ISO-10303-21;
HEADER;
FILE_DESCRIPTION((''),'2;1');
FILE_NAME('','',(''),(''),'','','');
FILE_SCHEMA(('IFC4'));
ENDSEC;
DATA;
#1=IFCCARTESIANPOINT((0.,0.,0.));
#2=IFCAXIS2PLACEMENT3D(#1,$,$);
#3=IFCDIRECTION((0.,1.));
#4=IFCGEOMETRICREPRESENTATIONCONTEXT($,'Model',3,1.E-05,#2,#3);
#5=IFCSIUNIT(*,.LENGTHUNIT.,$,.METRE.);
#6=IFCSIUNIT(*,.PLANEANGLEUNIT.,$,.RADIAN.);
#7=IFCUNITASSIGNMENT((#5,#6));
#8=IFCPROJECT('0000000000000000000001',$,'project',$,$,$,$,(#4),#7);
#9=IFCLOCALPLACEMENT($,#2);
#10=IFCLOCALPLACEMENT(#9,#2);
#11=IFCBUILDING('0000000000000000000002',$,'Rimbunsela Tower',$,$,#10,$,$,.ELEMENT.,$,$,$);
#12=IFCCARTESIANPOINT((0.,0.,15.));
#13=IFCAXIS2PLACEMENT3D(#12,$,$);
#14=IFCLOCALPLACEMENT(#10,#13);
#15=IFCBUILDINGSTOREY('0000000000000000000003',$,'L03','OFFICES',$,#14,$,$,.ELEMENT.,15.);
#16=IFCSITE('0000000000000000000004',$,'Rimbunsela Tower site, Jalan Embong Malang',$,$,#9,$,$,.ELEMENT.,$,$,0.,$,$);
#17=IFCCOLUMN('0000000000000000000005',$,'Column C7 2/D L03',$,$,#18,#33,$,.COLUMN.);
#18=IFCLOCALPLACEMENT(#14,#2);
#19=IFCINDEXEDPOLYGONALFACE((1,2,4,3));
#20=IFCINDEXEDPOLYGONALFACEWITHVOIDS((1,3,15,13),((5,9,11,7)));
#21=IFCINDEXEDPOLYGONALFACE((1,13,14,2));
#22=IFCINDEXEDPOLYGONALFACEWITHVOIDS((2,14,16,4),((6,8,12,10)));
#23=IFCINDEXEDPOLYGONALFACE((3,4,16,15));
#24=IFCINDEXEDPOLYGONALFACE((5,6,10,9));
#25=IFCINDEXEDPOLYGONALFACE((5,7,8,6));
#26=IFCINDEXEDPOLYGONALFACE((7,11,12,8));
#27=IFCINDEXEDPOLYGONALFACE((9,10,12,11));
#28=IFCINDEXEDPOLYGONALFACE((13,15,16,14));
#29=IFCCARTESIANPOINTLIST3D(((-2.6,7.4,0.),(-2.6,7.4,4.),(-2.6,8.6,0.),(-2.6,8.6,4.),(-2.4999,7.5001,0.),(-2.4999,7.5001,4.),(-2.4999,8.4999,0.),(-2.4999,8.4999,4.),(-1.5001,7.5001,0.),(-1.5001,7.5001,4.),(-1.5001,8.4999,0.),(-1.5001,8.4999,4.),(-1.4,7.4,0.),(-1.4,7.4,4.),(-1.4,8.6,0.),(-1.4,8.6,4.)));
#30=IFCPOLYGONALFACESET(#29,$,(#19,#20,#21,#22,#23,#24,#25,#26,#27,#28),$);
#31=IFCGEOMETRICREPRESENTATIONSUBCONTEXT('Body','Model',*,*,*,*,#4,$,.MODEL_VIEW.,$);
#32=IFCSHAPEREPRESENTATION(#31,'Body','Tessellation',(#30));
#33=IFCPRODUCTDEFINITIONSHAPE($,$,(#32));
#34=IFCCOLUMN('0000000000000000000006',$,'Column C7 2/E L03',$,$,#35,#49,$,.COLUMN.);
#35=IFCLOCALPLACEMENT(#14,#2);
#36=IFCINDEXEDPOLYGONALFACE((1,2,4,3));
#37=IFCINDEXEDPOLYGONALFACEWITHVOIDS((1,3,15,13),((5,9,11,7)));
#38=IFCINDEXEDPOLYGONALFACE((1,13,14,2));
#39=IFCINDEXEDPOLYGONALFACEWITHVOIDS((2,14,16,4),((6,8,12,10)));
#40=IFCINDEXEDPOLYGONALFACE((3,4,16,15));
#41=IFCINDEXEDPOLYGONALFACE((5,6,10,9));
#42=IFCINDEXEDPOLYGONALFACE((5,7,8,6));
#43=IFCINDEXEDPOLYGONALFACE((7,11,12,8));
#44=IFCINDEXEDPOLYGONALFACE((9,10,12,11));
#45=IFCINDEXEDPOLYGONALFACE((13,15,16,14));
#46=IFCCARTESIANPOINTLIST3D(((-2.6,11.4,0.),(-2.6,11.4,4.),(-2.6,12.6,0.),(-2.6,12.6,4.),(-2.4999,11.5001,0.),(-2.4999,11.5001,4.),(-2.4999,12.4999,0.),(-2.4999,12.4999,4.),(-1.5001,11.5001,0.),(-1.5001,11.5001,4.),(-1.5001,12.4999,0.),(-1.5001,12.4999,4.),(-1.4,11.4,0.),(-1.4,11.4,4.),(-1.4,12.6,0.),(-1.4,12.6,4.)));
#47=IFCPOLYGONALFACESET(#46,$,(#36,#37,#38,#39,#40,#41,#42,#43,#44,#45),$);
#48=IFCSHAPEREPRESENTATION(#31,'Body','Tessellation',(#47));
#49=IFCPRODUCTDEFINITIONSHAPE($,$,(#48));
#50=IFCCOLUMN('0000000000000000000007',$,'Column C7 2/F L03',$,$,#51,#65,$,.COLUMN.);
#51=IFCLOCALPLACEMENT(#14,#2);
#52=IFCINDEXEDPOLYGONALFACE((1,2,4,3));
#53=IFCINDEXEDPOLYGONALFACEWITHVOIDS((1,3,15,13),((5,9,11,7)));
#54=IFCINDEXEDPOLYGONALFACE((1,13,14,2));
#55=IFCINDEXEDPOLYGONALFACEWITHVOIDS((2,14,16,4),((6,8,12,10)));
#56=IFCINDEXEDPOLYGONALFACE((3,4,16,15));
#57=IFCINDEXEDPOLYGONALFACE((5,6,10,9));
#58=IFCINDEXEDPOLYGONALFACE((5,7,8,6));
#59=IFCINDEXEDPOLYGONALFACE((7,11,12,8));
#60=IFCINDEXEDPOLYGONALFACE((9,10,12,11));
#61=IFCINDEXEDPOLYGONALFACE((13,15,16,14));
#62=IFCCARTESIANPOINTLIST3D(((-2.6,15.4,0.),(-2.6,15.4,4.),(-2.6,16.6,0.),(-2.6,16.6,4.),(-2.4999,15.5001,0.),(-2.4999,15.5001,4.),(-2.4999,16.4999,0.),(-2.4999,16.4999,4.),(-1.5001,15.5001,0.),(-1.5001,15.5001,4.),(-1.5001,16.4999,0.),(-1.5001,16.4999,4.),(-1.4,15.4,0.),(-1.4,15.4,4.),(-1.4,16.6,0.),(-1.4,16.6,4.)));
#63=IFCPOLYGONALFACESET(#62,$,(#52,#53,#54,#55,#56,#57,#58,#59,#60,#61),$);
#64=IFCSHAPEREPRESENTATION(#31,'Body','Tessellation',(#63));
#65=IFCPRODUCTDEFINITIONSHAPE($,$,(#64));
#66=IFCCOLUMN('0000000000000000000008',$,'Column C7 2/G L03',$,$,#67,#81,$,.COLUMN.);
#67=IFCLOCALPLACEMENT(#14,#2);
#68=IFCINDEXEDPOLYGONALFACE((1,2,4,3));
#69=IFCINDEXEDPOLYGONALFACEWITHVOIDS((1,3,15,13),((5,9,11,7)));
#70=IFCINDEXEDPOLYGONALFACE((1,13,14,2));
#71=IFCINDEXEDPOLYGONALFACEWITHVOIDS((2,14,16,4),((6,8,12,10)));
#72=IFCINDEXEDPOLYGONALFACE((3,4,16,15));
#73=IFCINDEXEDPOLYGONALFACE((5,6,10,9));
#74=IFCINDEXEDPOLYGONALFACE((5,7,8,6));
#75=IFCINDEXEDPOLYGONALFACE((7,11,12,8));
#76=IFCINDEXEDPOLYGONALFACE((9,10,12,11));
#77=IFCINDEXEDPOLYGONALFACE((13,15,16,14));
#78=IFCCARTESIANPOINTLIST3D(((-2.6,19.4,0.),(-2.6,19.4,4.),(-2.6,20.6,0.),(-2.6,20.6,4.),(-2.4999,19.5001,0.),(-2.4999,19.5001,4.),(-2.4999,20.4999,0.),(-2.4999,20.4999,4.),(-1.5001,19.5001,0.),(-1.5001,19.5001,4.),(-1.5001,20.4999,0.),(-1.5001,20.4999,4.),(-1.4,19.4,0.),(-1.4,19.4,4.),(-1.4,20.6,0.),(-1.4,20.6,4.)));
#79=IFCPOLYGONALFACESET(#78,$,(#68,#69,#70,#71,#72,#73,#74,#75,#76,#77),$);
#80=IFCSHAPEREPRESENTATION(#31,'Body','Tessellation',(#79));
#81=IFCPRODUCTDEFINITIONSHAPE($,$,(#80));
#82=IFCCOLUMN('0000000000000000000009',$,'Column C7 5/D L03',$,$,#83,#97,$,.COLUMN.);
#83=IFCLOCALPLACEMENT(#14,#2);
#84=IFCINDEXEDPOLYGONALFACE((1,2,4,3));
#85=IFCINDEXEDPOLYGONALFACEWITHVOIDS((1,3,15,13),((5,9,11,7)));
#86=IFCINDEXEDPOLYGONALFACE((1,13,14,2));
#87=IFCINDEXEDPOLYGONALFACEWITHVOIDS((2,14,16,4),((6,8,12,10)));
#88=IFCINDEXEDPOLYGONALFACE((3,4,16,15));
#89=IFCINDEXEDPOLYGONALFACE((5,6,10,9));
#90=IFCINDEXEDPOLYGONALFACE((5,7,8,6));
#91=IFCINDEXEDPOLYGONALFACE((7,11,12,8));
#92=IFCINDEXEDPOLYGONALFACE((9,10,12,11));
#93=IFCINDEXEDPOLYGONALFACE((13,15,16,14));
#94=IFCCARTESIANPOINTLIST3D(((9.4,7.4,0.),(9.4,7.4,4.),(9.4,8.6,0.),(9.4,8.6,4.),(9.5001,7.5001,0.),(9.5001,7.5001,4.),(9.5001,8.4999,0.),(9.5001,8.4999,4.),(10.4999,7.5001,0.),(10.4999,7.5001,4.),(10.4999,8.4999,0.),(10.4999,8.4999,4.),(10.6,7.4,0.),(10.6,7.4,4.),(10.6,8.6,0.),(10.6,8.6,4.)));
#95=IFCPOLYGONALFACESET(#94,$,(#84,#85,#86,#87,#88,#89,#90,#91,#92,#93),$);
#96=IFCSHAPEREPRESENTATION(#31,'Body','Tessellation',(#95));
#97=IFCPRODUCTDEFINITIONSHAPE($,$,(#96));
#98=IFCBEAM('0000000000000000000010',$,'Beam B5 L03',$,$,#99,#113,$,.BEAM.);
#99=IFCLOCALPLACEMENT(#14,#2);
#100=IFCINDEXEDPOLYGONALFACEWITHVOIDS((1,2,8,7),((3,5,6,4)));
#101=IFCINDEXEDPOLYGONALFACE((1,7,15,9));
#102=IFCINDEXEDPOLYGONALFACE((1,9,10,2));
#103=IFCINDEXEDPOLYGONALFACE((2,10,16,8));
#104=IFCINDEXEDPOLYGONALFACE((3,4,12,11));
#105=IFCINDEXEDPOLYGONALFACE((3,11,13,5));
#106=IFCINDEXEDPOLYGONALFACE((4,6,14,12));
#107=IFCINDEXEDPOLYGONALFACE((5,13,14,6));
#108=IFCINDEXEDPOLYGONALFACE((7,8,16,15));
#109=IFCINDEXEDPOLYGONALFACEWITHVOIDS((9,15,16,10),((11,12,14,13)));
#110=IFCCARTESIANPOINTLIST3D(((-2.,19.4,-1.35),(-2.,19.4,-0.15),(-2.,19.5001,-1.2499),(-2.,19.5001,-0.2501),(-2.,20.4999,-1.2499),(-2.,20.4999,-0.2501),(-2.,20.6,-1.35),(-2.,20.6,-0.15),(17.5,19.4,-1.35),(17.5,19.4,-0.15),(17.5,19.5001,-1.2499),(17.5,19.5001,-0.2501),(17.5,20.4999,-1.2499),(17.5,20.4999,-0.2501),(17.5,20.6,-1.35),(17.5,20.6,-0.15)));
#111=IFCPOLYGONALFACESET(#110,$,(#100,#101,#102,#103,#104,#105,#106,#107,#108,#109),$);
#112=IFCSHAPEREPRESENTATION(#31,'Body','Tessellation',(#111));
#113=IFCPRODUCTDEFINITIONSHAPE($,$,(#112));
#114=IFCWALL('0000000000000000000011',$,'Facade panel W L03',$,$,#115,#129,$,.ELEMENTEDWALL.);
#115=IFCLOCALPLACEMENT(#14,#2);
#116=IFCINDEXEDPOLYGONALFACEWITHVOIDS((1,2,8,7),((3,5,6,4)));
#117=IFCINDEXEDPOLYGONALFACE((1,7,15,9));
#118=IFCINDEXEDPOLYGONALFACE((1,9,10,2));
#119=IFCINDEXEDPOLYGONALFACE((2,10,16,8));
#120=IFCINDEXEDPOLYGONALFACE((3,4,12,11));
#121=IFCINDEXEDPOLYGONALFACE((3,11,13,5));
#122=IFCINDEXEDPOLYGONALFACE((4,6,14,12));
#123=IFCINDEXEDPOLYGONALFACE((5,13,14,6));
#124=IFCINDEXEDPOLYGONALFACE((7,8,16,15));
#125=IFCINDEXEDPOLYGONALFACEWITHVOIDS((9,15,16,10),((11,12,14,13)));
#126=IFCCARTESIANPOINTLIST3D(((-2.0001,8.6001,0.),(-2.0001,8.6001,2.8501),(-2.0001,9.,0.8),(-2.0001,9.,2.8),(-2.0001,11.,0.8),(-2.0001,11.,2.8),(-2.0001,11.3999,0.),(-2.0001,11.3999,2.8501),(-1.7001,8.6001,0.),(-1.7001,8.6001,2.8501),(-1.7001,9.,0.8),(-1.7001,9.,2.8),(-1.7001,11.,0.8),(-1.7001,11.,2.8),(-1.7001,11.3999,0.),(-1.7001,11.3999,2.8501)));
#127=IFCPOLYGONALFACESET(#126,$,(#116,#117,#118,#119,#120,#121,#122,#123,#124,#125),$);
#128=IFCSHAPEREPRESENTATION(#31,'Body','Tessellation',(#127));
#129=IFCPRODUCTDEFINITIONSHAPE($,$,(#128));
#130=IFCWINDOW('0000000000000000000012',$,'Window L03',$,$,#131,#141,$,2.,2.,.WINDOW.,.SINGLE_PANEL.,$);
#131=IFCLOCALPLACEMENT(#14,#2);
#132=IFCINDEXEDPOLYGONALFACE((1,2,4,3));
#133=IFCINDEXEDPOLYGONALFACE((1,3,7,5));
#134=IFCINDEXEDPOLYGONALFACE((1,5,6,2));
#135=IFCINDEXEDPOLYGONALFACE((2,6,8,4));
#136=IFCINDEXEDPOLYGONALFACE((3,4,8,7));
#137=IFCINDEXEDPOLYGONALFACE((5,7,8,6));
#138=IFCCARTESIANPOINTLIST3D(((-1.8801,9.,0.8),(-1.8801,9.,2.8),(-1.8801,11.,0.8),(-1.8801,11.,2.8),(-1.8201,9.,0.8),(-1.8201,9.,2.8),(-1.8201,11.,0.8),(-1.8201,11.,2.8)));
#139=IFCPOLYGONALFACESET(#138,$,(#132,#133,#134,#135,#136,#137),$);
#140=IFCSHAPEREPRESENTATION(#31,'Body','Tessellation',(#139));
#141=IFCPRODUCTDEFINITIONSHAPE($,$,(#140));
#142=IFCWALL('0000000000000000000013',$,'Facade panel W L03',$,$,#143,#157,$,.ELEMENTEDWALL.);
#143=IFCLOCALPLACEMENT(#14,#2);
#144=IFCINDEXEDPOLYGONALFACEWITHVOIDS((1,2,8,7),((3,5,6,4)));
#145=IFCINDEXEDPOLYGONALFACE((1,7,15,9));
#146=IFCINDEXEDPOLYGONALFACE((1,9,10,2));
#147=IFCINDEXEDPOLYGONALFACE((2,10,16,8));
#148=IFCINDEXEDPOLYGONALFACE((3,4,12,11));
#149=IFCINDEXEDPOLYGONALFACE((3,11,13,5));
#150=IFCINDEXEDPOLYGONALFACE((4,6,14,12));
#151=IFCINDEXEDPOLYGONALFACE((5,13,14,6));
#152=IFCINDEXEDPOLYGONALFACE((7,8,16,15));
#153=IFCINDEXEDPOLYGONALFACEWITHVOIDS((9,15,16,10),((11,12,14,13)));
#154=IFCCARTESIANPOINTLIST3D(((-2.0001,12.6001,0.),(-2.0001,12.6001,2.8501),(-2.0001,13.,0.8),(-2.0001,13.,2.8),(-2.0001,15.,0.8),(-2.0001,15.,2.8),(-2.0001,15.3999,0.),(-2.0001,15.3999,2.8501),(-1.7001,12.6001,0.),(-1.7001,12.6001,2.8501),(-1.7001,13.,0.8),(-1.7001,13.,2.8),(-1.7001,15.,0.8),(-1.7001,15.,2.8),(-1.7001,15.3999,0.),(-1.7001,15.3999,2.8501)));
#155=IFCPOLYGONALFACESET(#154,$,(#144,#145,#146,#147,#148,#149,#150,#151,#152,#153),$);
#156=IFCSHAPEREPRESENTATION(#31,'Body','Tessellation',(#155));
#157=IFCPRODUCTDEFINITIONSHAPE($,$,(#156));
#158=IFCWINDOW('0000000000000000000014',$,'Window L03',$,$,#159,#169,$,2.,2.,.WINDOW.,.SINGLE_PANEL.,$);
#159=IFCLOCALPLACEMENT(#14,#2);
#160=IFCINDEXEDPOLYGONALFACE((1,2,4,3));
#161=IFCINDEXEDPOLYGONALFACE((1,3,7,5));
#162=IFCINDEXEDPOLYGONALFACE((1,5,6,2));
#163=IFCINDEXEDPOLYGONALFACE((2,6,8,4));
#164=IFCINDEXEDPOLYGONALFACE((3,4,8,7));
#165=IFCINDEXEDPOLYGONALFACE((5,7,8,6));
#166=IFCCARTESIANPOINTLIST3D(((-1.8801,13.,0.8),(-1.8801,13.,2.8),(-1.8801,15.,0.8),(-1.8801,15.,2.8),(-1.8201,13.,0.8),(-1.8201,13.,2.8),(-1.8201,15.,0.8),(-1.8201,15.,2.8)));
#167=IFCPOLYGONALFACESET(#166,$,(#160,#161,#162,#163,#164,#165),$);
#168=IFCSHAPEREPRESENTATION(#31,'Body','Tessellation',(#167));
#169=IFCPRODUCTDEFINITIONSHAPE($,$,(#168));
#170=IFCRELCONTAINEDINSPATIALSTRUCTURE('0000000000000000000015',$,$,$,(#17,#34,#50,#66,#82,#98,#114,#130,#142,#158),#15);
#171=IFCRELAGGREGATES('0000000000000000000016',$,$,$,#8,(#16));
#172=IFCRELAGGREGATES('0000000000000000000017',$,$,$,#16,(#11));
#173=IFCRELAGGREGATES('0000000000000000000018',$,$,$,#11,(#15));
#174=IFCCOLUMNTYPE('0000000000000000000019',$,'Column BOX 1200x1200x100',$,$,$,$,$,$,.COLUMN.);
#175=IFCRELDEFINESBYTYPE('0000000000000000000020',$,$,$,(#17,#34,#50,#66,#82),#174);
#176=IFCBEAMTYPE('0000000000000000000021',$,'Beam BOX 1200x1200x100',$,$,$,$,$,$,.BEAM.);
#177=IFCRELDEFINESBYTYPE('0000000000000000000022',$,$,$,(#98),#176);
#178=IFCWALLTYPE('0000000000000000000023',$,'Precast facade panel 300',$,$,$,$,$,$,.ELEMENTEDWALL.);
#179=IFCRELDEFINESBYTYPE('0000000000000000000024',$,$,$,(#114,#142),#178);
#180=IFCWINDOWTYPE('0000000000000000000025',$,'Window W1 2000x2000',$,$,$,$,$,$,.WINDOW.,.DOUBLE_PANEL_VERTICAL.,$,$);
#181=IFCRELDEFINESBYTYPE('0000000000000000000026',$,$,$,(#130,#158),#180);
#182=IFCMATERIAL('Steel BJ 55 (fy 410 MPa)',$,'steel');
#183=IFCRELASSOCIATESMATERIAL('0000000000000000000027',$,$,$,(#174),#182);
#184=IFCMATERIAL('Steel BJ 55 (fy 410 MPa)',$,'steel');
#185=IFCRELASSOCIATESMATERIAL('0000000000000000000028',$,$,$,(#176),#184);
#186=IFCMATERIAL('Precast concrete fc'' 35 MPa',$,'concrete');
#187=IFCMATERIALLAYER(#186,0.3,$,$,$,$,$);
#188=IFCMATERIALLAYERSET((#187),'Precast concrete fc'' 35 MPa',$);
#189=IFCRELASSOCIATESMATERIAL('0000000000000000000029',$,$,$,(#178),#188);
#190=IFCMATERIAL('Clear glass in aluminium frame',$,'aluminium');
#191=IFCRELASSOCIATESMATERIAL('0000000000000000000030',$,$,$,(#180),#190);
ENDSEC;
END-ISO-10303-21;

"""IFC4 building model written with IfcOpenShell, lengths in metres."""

from ifc_helpers import new_model, si_unit, direction, frame, frame_2d, origin, origin_2d, place, context, subcontext, project, spatial, rectangle, hollow_rectangle, extrude, material, layer, layer_set, material_profile, profile_set, type_object, element, fill, save


model = new_model("IFC4")

# Units and contexts
model_context = context("Model", 3, precision=1e-05, world=origin(), true_north=direction((0.0, 1.0)))
body_context = subcontext(model_context, "Body", "Model", "MODEL_VIEW")
ifc_project = project(units=[si_unit("LENGTHUNIT", "METRE"), si_unit("PLANEANGLEUNIT", "RADIAN")], contexts=[model_context])

# Site, building, storey
site_placement = place(None, origin())
site = spatial("IfcSite", under=ifc_project, at=site_placement, Name="Rimbunsela Tower site, Jalan Embong Malang", CompositionType="ELEMENT", RefElevation=0.0)
building_placement = place(site_placement, origin())
building = spatial("IfcBuilding", under=site, at=building_placement, Name="Rimbunsela Tower", CompositionType="ELEMENT")
storey_placement = place(building_placement, frame((0.0, 0.0, 15.0)))
storey = spatial("IfcBuildingStorey", under=building, at=storey_placement, Name="L03", Description="OFFICES", CompositionType="ELEMENT", Elevation=15.0)

# Columns
ifc_material_1 = material(Name="Steel BJ 55 (fy 410 MPa)", Category="steel")
ifc_material_profile_1 = material_profile(ifc_material_1, hollow_rectangle(XDim=1.2, YDim=1.2, WallThickness=0.1001, at=origin_2d()), Name="BOX 1200x1200x100")
ifc_profile_set_1 = profile_set([ifc_material_profile_1], Name="Steel BJ 55 (fy 410 MPa)")
column_type = type_object("IfcColumnType", Name="Column BOX 1200x1200x100", PredefinedType="COLUMN", material=ifc_profile_set_1)
for number, where, z_axis, x_axis, name in (
    (1, (-2.0, 8.0, 0.0), (0.0, 0.0, 1.0), (1.0, 0.0, 0.0), "Column C7 2/D L03"),
    (2, (-2.0, 12.0, 0.0), (0.0, 0.0, 1.0), (1.0, 0.0, 0.0), "Column C7 2/E L03"),
    (3, (-2.0, 16.0, 0.0), (0.0, 0.0, 1.0), (1.0, 0.0, 0.0), "Column C7 2/F L03"),
    (4, (-2.0, 20.0, 0.0), (0.0, 0.0, 1.0), (1.0, 0.0, 0.0), "Column C7 2/G L03"),
    (5, (10.0, 8.0, 0.0), (0.0, 0.0, 1.0), (1.0, 0.0, 0.0), "Column C7 5/D L03"),
):
    element("IfcColumn", number, at=place(storey_placement, frame(where, z_axis=z_axis, x_axis=x_axis)), inside=storey, type_object=column_type, Name=name, PredefinedType="COLUMN", context=body_context, shape_type="SweptSolid", body=[
        extrude(hollow_rectangle(XDim=1.2, YDim=1.2, WallThickness=0.1001, at=origin_2d()), origin(), (0.0, 0.0, 1.0), 4.0),
    ])

# Beam
ifc_material_2 = material(Name="Steel BJ 55 (fy 410 MPa)", Category="steel")
ifc_material_profile_2 = material_profile(ifc_material_2, hollow_rectangle(XDim=1.2, YDim=1.2, WallThickness=0.1001, at=origin_2d()), Name="BOX 1200x1200x100")
ifc_profile_set_2 = profile_set([ifc_material_profile_2], Name="Steel BJ 55 (fy 410 MPa)")
beam_type = type_object("IfcBeamType", Name="Beam BOX 1200x1200x100", PredefinedType="BEAM", material=ifc_profile_set_2)
beam_placement = place(storey_placement, frame((-2.0, 20.0, -0.75), z_axis=(1.0, 0.0, 0.0), x_axis=(0.0, 1.0, 0.0)))
element("IfcBeam", 6, at=beam_placement, inside=storey, type_object=beam_type, Name="Beam B5 L03", PredefinedType="BEAM", context=body_context, shape_type="SweptSolid", body=[
    extrude(hollow_rectangle(XDim=1.2, YDim=1.2, WallThickness=0.1001, at=origin_2d()), origin(), (0.0, 0.0, 1.0), 19.5),
])

# Walls, openings, windows
ifc_material_3 = material(Name="Precast concrete fc' 35 MPa", Category="concrete")
ifc_layer_1 = layer(ifc_material_3, 0.3)
ifc_layer_set_1 = layer_set([ifc_layer_1], Name="Precast concrete fc' 35 MPa")
wall_type = type_object("IfcWallType", Name="Precast facade panel 300", PredefinedType="ELEMENTEDWALL", material=ifc_layer_set_1)
wall_1_placement = place(storey_placement, frame((-1.8501, 11.3999, 0.0), z_axis=(0.0, 0.0, 1.0), x_axis=(0.0, -1.0, 0.0)))
wall_1 = element("IfcWall", 7, at=wall_1_placement, inside=storey, type_object=wall_type, Name="Facade panel W L03", PredefinedType="ELEMENTEDWALL", context=body_context, shape_type="SweptSolid", body=[
    extrude(rectangle(XDim=2.7998, YDim=0.3, at=frame_2d((1.3999, 0.0))), origin(), (0.0, 0.0, 1.0), 2.8501),
])
opening_1_placement = place(wall_1_placement, frame((0.3999, 0.0, 0.8)))
opening_1 = element("IfcOpeningElement", 8, at=opening_1_placement, cuts=wall_1, PredefinedType="OPENING", context=body_context, shape_type="SweptSolid", body=[
    extrude(rectangle(XDim=2.0, YDim=2.0, at=frame_2d((1.0, 1.0))), frame((0.0, 0.1599, 0.0), z_axis=(0.0, -1.0, 0.0), x_axis=(1.0, 0.0, 0.0)), (0.0, 0.0, 1.0), 0.3201),
])
ifc_material_4 = material(Name="Clear glass in aluminium frame", Category="aluminium")
window_type = type_object("IfcWindowType", Name="Window W1 2000x2000", PartitioningType="DOUBLE_PANEL_VERTICAL", PredefinedType="WINDOW", material=ifc_material_4)
window_1_placement = place(opening_1_placement, origin())
window_1 = element("IfcWindow", 9, at=window_1_placement, inside=storey, type_object=window_type, Name="Window L03", OverallHeight=2.0, OverallWidth=2.0, PartitioningType="SINGLE_PANEL", PredefinedType="WINDOW", context=body_context, shape_type="SweptSolid", body=[
    extrude(rectangle(XDim=2.0, YDim=2.0, at=frame_2d((1.0, 1.0))), frame((0.0, 0.03, 0.0), z_axis=(0.0, -1.0, 0.0), x_axis=(1.0, 0.0, 0.0)), (0.0, 0.0, 1.0), 0.0601),
])
fill(opening_1, window_1)
wall_2_placement = place(storey_placement, frame((-1.8501, 15.3999, 0.0), z_axis=(0.0, 0.0, 1.0), x_axis=(0.0, -1.0, 0.0)))
wall_2 = element("IfcWall", 10, at=wall_2_placement, inside=storey, type_object=wall_type, Name="Facade panel W L03", PredefinedType="ELEMENTEDWALL", context=body_context, shape_type="SweptSolid", body=[
    extrude(rectangle(XDim=2.7998, YDim=0.3, at=frame_2d((1.3999, 0.0))), origin(), (0.0, 0.0, 1.0), 2.8501),
])
opening_2_placement = place(wall_2_placement, frame((0.3999, 0.0, 0.8)))
opening_2 = element("IfcOpeningElement", 11, at=opening_2_placement, cuts=wall_2, PredefinedType="OPENING", context=body_context, shape_type="SweptSolid", body=[
    extrude(rectangle(XDim=2.0, YDim=2.0, at=frame_2d((1.0, 1.0))), frame((0.0, 0.1599, 0.0), z_axis=(0.0, -1.0, 0.0), x_axis=(1.0, 0.0, 0.0)), (0.0, 0.0, 1.0), 0.3201),
])
window_2_placement = place(opening_2_placement, origin())
window_2 = element("IfcWindow", 12, at=window_2_placement, inside=storey, type_object=window_type, Name="Window L03", OverallHeight=2.0, OverallWidth=2.0, PartitioningType="SINGLE_PANEL", PredefinedType="WINDOW", context=body_context, shape_type="SweptSolid", body=[
    extrude(rectangle(XDim=2.0, YDim=2.0, at=frame_2d((1.0, 1.0))), frame((0.0, 0.03, 0.0), z_axis=(0.0, -1.0, 0.0), x_axis=(1.0, 0.0, 0.0)), (0.0, 0.0, 1.0), 0.0601),
])
fill(opening_2, window_2)

save(model, "model.ifc")
